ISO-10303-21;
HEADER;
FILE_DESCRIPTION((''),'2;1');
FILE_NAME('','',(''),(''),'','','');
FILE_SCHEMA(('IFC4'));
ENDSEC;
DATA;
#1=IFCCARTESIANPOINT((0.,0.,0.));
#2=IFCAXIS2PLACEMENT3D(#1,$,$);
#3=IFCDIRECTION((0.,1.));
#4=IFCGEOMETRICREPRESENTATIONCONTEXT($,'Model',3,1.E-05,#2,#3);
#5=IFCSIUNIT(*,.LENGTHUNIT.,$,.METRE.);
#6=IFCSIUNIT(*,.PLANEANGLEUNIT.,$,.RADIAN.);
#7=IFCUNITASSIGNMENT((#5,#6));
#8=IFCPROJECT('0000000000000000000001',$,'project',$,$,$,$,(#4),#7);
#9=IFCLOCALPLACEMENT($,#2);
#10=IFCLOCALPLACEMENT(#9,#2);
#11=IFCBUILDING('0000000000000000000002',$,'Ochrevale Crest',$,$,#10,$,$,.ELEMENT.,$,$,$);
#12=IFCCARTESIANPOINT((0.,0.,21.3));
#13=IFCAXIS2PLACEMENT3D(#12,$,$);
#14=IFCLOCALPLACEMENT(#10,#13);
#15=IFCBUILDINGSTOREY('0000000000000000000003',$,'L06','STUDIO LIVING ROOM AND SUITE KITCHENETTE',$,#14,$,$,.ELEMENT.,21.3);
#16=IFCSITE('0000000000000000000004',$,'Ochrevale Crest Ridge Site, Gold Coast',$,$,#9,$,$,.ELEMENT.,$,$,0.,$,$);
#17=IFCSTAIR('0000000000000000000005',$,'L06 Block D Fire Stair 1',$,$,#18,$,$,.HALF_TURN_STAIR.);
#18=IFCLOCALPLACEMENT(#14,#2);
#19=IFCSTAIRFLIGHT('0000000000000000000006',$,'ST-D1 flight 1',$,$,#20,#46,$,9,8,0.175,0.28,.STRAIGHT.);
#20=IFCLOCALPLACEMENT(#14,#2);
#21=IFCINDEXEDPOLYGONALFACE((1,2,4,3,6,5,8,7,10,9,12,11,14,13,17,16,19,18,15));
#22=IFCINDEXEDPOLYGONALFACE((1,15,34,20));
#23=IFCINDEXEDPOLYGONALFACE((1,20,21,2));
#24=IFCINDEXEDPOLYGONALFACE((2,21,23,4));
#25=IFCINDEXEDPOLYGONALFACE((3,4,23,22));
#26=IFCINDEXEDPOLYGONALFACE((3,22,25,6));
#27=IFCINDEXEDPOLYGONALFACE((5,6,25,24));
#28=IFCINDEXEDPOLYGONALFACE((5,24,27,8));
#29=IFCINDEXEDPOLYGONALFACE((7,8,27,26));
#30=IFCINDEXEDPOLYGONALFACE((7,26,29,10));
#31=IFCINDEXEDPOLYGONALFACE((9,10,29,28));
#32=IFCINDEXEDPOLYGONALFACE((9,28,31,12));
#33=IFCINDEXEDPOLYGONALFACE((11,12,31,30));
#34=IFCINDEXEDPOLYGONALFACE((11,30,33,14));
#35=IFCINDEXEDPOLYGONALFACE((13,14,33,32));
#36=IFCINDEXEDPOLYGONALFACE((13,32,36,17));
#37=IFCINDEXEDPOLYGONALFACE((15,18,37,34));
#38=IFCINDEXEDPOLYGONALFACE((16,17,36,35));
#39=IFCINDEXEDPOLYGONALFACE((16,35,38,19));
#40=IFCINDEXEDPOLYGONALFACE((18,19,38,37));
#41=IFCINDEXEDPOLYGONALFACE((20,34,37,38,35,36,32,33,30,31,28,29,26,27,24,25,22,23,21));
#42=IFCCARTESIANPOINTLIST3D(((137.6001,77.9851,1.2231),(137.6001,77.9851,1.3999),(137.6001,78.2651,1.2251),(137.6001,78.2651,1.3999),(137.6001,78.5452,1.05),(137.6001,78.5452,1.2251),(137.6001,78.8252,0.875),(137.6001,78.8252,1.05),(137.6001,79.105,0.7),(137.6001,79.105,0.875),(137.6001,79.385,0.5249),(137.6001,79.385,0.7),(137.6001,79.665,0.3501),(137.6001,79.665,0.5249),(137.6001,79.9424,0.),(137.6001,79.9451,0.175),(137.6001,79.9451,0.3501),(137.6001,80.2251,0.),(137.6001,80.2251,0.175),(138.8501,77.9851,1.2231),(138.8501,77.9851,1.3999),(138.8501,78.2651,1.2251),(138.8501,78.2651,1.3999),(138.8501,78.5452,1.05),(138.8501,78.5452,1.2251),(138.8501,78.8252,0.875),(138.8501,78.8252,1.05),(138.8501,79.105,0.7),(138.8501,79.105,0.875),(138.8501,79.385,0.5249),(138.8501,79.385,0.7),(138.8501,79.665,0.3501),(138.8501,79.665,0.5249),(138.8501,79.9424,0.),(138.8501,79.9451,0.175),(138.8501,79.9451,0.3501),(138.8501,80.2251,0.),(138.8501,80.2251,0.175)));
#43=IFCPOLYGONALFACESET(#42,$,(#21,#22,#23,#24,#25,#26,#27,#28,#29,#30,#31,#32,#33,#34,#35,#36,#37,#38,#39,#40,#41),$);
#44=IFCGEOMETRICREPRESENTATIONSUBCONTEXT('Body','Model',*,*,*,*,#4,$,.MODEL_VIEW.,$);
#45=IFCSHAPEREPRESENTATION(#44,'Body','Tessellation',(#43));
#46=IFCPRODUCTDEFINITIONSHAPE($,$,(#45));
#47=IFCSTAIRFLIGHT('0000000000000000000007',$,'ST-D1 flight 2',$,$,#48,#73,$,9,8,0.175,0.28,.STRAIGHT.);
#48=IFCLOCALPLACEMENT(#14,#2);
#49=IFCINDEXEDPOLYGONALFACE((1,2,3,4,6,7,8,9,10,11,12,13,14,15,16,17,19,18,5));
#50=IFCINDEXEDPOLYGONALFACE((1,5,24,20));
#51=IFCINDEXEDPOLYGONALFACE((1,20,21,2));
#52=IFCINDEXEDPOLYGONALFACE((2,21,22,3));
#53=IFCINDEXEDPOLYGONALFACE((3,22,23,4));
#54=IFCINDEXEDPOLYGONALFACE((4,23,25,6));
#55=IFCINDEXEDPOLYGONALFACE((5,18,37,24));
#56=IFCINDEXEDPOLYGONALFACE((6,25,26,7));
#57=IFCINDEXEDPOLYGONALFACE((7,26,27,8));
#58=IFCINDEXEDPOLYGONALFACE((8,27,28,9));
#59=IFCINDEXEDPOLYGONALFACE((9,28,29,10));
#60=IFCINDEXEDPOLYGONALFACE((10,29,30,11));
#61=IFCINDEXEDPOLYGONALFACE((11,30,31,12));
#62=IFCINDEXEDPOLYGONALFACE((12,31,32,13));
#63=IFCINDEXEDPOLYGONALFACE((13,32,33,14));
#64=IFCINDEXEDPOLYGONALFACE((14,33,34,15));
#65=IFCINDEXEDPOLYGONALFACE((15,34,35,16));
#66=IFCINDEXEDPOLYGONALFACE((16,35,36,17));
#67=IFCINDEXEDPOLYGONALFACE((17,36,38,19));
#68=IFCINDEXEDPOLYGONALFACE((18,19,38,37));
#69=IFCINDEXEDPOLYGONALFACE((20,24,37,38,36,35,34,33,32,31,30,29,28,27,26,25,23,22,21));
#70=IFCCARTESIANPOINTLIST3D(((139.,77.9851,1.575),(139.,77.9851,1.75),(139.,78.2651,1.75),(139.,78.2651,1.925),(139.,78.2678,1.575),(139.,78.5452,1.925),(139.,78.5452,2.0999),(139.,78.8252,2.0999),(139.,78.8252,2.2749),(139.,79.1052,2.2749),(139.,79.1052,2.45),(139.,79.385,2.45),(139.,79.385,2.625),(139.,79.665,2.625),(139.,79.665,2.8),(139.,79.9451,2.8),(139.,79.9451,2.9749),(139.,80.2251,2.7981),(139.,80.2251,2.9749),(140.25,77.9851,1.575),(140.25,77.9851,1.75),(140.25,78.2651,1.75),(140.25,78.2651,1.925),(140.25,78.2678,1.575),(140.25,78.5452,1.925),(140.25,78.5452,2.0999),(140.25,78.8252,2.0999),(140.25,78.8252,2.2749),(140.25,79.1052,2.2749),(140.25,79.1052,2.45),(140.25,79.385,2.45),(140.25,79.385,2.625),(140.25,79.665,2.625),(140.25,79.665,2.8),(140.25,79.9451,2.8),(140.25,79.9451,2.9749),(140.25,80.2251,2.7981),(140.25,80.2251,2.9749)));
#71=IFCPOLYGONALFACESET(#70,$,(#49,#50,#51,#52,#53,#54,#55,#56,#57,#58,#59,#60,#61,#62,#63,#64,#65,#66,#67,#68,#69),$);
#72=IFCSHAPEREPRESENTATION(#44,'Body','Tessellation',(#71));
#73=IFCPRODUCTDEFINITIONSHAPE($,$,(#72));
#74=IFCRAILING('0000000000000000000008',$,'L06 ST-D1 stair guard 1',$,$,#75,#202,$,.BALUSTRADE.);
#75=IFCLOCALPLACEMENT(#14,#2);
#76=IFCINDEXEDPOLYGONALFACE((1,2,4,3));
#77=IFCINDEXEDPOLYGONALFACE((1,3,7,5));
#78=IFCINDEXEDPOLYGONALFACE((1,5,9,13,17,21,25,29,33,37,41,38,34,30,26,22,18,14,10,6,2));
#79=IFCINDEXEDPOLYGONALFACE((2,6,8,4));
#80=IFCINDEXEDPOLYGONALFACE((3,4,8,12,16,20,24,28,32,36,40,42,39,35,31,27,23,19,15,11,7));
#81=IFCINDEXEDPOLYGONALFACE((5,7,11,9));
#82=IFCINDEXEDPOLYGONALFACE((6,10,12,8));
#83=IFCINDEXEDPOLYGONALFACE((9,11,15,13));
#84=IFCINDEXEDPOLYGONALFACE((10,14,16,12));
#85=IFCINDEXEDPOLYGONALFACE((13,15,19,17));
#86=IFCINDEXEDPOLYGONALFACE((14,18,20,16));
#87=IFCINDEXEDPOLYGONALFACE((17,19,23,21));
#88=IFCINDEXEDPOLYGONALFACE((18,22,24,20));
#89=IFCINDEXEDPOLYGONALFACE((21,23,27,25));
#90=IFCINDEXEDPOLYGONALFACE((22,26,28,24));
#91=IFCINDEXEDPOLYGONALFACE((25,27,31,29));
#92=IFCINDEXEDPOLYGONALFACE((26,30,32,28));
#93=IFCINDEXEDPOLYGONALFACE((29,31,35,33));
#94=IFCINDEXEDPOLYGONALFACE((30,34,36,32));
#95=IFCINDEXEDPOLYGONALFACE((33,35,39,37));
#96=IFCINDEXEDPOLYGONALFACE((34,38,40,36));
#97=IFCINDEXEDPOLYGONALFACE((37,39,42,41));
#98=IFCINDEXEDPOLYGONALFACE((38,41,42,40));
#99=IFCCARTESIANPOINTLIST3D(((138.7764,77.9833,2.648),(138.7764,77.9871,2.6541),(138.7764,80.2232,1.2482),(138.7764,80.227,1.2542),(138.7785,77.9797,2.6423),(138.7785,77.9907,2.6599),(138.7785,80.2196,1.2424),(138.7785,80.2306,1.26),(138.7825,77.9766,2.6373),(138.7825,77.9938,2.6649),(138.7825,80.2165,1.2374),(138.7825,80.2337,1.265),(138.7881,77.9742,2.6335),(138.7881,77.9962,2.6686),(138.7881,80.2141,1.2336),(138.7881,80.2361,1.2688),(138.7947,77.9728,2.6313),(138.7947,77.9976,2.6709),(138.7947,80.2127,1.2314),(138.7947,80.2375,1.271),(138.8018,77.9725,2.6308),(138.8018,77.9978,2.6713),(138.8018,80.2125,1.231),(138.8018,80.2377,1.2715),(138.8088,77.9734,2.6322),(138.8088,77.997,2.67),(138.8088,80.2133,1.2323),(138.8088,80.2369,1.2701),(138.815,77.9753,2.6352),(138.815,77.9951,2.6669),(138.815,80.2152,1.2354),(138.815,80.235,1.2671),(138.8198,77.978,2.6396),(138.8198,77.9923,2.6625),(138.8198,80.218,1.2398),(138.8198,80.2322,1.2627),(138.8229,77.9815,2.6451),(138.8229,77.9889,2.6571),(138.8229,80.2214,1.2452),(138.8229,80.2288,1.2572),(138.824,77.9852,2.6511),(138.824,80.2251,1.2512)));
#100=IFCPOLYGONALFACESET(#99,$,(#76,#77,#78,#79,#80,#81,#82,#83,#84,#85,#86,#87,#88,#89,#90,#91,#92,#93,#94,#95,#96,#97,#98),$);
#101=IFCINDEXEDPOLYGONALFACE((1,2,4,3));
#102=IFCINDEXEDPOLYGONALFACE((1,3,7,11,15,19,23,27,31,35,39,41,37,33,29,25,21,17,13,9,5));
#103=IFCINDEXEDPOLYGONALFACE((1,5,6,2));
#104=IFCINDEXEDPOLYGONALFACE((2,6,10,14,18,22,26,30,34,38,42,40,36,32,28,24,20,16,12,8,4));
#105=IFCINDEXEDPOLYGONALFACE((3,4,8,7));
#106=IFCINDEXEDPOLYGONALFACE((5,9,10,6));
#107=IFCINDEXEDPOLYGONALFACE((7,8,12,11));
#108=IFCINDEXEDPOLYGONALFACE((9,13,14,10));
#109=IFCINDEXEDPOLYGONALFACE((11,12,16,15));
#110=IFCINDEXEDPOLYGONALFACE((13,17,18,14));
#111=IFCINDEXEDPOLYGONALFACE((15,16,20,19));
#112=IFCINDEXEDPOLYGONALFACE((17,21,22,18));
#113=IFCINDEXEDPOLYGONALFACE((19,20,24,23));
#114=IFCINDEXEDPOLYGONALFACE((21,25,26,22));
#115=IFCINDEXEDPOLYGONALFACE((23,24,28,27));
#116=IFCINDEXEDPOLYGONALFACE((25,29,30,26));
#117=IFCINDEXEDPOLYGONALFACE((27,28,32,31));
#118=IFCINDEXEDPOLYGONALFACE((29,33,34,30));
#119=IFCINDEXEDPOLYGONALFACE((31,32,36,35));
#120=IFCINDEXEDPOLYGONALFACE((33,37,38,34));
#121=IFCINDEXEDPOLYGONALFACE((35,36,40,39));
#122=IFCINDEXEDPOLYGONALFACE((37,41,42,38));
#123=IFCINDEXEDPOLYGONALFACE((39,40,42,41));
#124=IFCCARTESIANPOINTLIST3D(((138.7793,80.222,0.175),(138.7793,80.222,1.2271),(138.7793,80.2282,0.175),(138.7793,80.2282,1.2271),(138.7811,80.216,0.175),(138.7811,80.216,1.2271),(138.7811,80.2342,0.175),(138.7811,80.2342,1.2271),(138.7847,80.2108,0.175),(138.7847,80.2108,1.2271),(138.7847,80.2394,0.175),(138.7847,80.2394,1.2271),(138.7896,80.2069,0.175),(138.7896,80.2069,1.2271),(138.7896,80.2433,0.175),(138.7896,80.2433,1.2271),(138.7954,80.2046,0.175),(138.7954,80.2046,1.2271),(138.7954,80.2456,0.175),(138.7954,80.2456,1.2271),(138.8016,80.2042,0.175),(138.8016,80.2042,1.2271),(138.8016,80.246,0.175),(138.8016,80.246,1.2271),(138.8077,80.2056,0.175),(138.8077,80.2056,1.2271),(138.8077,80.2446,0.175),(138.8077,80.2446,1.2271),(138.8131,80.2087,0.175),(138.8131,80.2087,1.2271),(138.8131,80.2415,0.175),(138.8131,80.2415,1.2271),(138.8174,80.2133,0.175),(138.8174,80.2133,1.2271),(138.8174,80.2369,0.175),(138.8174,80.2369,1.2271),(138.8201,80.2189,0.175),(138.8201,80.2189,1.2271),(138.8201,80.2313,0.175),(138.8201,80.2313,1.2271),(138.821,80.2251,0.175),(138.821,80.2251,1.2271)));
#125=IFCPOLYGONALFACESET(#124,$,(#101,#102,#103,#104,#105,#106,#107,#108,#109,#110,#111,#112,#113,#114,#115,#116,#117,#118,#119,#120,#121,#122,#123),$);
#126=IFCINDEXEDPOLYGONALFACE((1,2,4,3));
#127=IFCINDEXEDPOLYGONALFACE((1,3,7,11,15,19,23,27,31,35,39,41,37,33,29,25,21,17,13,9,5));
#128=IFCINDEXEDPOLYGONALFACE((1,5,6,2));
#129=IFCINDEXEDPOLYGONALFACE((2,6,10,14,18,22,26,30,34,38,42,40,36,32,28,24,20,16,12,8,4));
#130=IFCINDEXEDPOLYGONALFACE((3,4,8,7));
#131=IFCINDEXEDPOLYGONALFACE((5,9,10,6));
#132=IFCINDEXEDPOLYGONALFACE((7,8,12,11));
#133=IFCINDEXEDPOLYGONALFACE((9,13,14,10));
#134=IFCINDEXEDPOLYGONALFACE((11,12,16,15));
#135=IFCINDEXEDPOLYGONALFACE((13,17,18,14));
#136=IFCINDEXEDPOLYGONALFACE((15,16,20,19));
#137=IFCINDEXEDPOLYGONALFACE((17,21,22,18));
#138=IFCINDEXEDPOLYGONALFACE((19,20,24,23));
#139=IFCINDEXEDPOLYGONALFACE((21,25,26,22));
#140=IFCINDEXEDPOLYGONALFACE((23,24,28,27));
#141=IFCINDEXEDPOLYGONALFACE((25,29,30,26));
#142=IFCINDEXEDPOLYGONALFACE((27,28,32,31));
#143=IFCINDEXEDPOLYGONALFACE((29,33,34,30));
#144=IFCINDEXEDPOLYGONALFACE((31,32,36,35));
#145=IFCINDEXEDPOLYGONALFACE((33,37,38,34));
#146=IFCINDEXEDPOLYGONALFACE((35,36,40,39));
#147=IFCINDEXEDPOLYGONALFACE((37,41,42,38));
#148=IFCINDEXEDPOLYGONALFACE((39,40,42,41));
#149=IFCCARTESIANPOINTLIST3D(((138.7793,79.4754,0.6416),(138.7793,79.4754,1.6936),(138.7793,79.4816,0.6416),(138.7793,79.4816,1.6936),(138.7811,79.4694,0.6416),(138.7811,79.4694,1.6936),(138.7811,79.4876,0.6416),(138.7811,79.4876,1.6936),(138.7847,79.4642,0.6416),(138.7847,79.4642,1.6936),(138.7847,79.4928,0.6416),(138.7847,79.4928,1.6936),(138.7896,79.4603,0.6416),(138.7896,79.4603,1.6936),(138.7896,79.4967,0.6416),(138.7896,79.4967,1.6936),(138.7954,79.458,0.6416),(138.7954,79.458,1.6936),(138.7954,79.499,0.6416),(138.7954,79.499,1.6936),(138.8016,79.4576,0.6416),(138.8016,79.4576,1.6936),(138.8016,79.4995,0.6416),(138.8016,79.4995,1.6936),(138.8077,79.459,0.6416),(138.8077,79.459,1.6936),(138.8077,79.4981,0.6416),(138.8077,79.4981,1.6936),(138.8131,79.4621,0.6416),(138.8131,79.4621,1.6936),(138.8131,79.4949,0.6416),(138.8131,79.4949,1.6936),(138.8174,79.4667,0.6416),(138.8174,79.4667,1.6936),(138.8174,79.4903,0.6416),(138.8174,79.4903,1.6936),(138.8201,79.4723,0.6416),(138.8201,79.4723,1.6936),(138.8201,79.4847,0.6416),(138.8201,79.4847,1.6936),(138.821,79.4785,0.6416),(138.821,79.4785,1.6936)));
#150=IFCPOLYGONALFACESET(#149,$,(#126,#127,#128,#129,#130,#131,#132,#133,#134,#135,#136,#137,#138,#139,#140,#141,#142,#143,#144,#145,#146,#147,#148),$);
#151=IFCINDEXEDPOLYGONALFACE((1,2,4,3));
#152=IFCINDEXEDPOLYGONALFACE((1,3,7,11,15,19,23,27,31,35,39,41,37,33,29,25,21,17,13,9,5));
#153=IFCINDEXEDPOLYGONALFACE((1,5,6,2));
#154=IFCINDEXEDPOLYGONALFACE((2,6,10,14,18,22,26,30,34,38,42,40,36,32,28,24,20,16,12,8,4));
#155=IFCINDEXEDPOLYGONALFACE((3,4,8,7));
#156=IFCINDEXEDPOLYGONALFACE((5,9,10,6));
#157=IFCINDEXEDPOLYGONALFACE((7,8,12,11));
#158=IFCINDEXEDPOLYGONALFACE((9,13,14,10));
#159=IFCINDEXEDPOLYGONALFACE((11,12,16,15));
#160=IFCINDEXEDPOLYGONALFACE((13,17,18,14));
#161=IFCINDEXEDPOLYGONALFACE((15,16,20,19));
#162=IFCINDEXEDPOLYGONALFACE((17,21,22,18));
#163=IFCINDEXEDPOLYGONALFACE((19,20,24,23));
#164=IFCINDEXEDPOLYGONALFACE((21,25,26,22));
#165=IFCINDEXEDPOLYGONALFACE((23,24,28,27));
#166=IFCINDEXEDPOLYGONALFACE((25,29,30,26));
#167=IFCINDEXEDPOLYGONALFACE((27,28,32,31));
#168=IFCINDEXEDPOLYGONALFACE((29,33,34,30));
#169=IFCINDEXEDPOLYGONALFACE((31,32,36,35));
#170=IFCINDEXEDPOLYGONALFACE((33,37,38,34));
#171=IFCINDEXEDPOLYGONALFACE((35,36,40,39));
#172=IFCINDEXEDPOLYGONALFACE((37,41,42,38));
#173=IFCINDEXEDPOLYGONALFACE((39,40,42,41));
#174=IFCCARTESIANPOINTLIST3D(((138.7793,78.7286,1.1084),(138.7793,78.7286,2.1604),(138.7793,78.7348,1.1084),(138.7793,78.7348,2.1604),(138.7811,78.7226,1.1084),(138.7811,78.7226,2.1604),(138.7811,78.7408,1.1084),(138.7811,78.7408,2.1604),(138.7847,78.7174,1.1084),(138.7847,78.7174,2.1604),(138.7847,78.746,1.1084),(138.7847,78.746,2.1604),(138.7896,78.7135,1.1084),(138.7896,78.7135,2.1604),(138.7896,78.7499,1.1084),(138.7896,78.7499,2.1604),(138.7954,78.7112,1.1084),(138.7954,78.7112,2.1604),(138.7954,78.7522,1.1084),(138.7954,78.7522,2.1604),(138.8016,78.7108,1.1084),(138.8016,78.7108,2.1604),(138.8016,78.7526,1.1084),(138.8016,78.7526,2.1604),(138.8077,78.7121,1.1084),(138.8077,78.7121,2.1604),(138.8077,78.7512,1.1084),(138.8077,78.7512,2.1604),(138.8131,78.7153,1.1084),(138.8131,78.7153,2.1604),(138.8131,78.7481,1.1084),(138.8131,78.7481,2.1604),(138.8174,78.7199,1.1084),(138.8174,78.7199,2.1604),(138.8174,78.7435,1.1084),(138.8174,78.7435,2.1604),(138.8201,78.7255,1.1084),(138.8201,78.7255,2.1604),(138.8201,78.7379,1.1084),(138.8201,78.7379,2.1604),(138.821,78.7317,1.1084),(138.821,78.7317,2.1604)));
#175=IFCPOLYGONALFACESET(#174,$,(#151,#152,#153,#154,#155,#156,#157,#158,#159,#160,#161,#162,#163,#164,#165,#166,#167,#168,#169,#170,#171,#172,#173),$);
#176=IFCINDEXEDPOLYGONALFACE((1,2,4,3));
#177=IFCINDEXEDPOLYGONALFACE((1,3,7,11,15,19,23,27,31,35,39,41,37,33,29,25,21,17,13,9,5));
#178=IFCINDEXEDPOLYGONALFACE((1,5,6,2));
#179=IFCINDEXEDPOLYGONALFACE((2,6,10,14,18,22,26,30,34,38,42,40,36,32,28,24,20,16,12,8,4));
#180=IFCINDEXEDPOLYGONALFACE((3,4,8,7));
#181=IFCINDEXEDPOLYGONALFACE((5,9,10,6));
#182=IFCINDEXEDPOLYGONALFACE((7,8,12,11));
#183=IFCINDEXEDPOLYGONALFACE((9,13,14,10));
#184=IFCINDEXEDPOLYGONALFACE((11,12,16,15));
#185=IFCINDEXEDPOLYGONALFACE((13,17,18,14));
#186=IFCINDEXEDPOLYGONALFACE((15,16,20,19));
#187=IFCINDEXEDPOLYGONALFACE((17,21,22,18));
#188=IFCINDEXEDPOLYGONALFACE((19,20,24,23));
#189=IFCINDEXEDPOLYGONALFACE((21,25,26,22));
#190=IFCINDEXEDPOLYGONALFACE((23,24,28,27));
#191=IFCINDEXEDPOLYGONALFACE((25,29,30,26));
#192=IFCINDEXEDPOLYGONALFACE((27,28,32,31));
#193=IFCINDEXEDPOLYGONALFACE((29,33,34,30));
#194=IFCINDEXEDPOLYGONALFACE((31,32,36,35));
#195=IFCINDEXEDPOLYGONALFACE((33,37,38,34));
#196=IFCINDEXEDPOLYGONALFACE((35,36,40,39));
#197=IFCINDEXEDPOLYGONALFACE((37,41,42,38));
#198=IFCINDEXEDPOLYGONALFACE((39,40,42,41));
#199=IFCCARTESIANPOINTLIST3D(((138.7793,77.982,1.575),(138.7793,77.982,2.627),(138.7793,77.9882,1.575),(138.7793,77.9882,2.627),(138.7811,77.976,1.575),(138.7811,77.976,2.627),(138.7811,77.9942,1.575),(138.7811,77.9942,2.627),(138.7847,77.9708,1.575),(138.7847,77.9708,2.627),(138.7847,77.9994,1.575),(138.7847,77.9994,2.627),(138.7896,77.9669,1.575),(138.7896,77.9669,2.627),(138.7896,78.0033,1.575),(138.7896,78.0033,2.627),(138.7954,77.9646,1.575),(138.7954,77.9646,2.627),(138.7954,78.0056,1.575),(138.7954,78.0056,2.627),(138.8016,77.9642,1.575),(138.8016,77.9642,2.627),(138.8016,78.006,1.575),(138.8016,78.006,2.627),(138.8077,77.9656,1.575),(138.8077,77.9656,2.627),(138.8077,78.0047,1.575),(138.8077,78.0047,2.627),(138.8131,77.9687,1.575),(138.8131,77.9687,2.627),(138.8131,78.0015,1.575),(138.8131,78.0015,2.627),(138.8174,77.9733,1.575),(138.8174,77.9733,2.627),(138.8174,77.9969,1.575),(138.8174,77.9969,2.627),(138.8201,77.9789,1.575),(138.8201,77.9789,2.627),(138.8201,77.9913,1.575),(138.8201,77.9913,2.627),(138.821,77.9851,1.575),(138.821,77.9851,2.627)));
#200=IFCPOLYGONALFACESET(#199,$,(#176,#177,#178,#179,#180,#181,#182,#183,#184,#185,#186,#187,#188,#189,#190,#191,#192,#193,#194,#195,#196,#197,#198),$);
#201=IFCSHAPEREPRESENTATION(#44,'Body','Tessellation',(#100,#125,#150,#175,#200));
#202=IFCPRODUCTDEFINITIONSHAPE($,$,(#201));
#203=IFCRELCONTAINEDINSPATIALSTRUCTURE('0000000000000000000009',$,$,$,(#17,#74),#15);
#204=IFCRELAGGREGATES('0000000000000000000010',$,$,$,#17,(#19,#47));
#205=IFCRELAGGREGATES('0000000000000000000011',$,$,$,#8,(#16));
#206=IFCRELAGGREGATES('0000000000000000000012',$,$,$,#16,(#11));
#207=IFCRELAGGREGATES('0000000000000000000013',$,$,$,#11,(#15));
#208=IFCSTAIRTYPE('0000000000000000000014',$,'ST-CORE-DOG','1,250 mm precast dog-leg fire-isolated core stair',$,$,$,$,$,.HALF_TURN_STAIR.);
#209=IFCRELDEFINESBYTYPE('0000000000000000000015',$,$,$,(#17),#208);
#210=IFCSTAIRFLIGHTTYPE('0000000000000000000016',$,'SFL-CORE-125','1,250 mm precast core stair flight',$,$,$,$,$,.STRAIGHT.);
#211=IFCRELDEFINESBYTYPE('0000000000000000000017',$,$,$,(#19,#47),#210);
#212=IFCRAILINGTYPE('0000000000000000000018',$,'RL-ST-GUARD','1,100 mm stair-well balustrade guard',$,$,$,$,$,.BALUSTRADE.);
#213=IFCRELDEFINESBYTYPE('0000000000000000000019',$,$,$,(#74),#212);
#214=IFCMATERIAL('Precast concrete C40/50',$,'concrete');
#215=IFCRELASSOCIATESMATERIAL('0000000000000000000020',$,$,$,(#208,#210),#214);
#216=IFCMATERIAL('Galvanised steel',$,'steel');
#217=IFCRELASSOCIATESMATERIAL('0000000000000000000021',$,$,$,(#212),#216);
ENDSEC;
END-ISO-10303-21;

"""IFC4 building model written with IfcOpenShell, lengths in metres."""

from ifc_helpers import new_model, si_unit, direction, frame, origin, origin_2d, place, context, subcontext, project, spatial, polyline, circle, outline, extrude, material, type_object, element, aggregate, save


model = new_model("IFC4")

# Units and contexts
model_context = context("Model", 3, precision=1e-05, world=origin(), true_north=direction((0.0, 1.0)))
body_context = subcontext(model_context, "Body", "Model", "MODEL_VIEW")
ifc_project = project(units=[si_unit("LENGTHUNIT", "METRE"), si_unit("PLANEANGLEUNIT", "RADIAN")], contexts=[model_context])

# Site, building, storey
site_placement = place(None, origin())
site = spatial("IfcSite", under=ifc_project, at=site_placement, Name="Ochrevale Crest Ridge Site, Gold Coast", CompositionType="ELEMENT", RefElevation=0.0)
building_placement = place(site_placement, origin())
building = spatial("IfcBuilding", under=site, at=building_placement, Name="Ochrevale Crest", CompositionType="ELEMENT")
storey_placement = place(building_placement, frame((0.0, 0.0, 21.3)))
storey = spatial("IfcBuildingStorey", under=building, at=storey_placement, Name="L06", Description="STUDIO LIVING ROOM AND SUITE KITCHENETTE", CompositionType="ELEMENT", Elevation=21.3)

# Shared definitions
ifc_material_1 = material(Name="Precast concrete C40/50", Category="concrete")

# Stair, stair flights
stair_type = type_object("IfcStairType", Name="ST-CORE-DOG", Description="1,250 mm precast dog-leg fire-isolated core stair", PredefinedType="HALF_TURN_STAIR", material=ifc_material_1)
stair_placement = place(storey_placement, origin())
stair = element("IfcStair", 1, at=stair_placement, inside=storey, type_object=stair_type, Name="L06 Block D Fire Stair 1", PredefinedType="HALF_TURN_STAIR")
stair_flight_type = type_object("IfcStairFlightType", Name="SFL-CORE-125", Description="1,250 mm precast core stair flight", PredefinedType="STRAIGHT", material=ifc_material_1)
stair_flight_1_placement = place(storey_placement, frame((138.2251, 80.2251, 0.0), z_axis=(0.0, 0.0, 1.0), x_axis=(0.0, -1.0, 0.0)))
stair_flight_1 = element("IfcStairFlight", 2, at=stair_flight_1_placement, type_object=stair_flight_type, Name="ST-D1 flight 1", NumberOfRisers=9, NumberOfTreads=8, PredefinedType="STRAIGHT", RiserHeight=0.175, TreadLength=0.28, context=body_context, shape_type="SweptSolid", body=[
    extrude(outline(polyline([(0.0, 0.0), (0.0, 0.175), (0.28, 0.175), (0.28, 0.3501), (0.5601, 0.3501), (0.5601, 0.5249), (0.8401, 0.5249), (0.8401, 0.7), (1.1201, 0.7), (1.1201, 0.875), (1.3999, 0.875), (1.3999, 1.05), (1.6799, 1.05), (1.6799, 1.2251), (1.96, 1.2251), (1.96, 1.3999), (2.24, 1.3999), (2.24, 1.575), (2.24, 1.2231), (0.2827, 0.0), (0.0, 0.0)])), frame((0.0, 0.625, 0.0), z_axis=(0.0, -1.0, 0.0), x_axis=(1.0, 0.0, 0.0)), (0.0, 0.0, 1.0), 1.25),
])
stair_flight_2_placement = place(storey_placement, frame((139.625, 77.9851, 1.575), z_axis=(0.0, 0.0, 1.0), x_axis=(0.0, 1.0, 0.0)))
stair_flight_2 = element("IfcStairFlight", 3, at=stair_flight_2_placement, type_object=stair_flight_type, Name="ST-D1 flight 2", NumberOfRisers=9, NumberOfTreads=8, PredefinedType="STRAIGHT", RiserHeight=0.175, TreadLength=0.28, context=body_context, shape_type="SweptSolid", body=[
    extrude(outline(polyline([(0.0, 0.0), (0.0, 0.175), (0.28, 0.175), (0.28, 0.3501), (0.5601, 0.3501), (0.5601, 0.5249), (0.8401, 0.5249), (0.8401, 0.7), (1.1201, 0.7), (1.1201, 0.875), (1.3999, 0.875), (1.3999, 1.05), (1.6799, 1.05), (1.6799, 1.2251), (1.96, 1.2251), (1.96, 1.3999), (2.24, 1.3999), (2.24, 1.575), (2.24, 1.2231), (0.2827, 0.0), (0.0, 0.0)])), frame((0.0, 0.625, 0.0), z_axis=(0.0, -1.0, 0.0), x_axis=(1.0, 0.0, 0.0)), (0.0, 0.0, 1.0), 1.25),
])
aggregate(stair, [stair_flight_1, stair_flight_2])

# Railing
ifc_material_2 = material(Name="Galvanised steel", Category="steel")
railing_type_1 = type_object("IfcRailingType", Name="RL-ST-GUARD", Description="1,100 mm stair-well balustrade guard", PredefinedType="BALUSTRADE", material=ifc_material_2)
railing_1_placement = place(storey_placement, frame((138.8, 80.2251, 0.175)))
element("IfcRailing", 4, at=railing_1_placement, inside=storey, type_object=railing_type_1, Name="L06 ST-D1 stair guard 1", PredefinedType="BALUSTRADE", context=body_context, shape_type="SweptSolid", body=[
    extrude(circle(Radius=0.0239, at=origin_2d()), frame((0.0, 0.0, 1.0762), z_axis=(0.0, -0.848014, 0.529974), x_axis=(1.0, 0.0, 0.0)), (0.0, 0.0, 1.0), 2.6414),
    extrude(circle(Radius=0.021, at=origin_2d()), origin(), (0.0, 0.0, 1.0), 1.052),
    extrude(circle(Radius=0.021, at=origin_2d()), frame((0.0, -0.7466, 0.4666)), (0.0, 0.0, 1.0), 1.052),
    extrude(circle(Radius=0.021, at=origin_2d()), frame((0.0, -1.4934, 0.9333)), (0.0, 0.0, 1.0), 1.052),
    extrude(circle(Radius=0.021, at=origin_2d()), frame((0.0, -2.24, 1.3999)), (0.0, 0.0, 1.0), 1.052),
])

save(model, "model.ifc")
